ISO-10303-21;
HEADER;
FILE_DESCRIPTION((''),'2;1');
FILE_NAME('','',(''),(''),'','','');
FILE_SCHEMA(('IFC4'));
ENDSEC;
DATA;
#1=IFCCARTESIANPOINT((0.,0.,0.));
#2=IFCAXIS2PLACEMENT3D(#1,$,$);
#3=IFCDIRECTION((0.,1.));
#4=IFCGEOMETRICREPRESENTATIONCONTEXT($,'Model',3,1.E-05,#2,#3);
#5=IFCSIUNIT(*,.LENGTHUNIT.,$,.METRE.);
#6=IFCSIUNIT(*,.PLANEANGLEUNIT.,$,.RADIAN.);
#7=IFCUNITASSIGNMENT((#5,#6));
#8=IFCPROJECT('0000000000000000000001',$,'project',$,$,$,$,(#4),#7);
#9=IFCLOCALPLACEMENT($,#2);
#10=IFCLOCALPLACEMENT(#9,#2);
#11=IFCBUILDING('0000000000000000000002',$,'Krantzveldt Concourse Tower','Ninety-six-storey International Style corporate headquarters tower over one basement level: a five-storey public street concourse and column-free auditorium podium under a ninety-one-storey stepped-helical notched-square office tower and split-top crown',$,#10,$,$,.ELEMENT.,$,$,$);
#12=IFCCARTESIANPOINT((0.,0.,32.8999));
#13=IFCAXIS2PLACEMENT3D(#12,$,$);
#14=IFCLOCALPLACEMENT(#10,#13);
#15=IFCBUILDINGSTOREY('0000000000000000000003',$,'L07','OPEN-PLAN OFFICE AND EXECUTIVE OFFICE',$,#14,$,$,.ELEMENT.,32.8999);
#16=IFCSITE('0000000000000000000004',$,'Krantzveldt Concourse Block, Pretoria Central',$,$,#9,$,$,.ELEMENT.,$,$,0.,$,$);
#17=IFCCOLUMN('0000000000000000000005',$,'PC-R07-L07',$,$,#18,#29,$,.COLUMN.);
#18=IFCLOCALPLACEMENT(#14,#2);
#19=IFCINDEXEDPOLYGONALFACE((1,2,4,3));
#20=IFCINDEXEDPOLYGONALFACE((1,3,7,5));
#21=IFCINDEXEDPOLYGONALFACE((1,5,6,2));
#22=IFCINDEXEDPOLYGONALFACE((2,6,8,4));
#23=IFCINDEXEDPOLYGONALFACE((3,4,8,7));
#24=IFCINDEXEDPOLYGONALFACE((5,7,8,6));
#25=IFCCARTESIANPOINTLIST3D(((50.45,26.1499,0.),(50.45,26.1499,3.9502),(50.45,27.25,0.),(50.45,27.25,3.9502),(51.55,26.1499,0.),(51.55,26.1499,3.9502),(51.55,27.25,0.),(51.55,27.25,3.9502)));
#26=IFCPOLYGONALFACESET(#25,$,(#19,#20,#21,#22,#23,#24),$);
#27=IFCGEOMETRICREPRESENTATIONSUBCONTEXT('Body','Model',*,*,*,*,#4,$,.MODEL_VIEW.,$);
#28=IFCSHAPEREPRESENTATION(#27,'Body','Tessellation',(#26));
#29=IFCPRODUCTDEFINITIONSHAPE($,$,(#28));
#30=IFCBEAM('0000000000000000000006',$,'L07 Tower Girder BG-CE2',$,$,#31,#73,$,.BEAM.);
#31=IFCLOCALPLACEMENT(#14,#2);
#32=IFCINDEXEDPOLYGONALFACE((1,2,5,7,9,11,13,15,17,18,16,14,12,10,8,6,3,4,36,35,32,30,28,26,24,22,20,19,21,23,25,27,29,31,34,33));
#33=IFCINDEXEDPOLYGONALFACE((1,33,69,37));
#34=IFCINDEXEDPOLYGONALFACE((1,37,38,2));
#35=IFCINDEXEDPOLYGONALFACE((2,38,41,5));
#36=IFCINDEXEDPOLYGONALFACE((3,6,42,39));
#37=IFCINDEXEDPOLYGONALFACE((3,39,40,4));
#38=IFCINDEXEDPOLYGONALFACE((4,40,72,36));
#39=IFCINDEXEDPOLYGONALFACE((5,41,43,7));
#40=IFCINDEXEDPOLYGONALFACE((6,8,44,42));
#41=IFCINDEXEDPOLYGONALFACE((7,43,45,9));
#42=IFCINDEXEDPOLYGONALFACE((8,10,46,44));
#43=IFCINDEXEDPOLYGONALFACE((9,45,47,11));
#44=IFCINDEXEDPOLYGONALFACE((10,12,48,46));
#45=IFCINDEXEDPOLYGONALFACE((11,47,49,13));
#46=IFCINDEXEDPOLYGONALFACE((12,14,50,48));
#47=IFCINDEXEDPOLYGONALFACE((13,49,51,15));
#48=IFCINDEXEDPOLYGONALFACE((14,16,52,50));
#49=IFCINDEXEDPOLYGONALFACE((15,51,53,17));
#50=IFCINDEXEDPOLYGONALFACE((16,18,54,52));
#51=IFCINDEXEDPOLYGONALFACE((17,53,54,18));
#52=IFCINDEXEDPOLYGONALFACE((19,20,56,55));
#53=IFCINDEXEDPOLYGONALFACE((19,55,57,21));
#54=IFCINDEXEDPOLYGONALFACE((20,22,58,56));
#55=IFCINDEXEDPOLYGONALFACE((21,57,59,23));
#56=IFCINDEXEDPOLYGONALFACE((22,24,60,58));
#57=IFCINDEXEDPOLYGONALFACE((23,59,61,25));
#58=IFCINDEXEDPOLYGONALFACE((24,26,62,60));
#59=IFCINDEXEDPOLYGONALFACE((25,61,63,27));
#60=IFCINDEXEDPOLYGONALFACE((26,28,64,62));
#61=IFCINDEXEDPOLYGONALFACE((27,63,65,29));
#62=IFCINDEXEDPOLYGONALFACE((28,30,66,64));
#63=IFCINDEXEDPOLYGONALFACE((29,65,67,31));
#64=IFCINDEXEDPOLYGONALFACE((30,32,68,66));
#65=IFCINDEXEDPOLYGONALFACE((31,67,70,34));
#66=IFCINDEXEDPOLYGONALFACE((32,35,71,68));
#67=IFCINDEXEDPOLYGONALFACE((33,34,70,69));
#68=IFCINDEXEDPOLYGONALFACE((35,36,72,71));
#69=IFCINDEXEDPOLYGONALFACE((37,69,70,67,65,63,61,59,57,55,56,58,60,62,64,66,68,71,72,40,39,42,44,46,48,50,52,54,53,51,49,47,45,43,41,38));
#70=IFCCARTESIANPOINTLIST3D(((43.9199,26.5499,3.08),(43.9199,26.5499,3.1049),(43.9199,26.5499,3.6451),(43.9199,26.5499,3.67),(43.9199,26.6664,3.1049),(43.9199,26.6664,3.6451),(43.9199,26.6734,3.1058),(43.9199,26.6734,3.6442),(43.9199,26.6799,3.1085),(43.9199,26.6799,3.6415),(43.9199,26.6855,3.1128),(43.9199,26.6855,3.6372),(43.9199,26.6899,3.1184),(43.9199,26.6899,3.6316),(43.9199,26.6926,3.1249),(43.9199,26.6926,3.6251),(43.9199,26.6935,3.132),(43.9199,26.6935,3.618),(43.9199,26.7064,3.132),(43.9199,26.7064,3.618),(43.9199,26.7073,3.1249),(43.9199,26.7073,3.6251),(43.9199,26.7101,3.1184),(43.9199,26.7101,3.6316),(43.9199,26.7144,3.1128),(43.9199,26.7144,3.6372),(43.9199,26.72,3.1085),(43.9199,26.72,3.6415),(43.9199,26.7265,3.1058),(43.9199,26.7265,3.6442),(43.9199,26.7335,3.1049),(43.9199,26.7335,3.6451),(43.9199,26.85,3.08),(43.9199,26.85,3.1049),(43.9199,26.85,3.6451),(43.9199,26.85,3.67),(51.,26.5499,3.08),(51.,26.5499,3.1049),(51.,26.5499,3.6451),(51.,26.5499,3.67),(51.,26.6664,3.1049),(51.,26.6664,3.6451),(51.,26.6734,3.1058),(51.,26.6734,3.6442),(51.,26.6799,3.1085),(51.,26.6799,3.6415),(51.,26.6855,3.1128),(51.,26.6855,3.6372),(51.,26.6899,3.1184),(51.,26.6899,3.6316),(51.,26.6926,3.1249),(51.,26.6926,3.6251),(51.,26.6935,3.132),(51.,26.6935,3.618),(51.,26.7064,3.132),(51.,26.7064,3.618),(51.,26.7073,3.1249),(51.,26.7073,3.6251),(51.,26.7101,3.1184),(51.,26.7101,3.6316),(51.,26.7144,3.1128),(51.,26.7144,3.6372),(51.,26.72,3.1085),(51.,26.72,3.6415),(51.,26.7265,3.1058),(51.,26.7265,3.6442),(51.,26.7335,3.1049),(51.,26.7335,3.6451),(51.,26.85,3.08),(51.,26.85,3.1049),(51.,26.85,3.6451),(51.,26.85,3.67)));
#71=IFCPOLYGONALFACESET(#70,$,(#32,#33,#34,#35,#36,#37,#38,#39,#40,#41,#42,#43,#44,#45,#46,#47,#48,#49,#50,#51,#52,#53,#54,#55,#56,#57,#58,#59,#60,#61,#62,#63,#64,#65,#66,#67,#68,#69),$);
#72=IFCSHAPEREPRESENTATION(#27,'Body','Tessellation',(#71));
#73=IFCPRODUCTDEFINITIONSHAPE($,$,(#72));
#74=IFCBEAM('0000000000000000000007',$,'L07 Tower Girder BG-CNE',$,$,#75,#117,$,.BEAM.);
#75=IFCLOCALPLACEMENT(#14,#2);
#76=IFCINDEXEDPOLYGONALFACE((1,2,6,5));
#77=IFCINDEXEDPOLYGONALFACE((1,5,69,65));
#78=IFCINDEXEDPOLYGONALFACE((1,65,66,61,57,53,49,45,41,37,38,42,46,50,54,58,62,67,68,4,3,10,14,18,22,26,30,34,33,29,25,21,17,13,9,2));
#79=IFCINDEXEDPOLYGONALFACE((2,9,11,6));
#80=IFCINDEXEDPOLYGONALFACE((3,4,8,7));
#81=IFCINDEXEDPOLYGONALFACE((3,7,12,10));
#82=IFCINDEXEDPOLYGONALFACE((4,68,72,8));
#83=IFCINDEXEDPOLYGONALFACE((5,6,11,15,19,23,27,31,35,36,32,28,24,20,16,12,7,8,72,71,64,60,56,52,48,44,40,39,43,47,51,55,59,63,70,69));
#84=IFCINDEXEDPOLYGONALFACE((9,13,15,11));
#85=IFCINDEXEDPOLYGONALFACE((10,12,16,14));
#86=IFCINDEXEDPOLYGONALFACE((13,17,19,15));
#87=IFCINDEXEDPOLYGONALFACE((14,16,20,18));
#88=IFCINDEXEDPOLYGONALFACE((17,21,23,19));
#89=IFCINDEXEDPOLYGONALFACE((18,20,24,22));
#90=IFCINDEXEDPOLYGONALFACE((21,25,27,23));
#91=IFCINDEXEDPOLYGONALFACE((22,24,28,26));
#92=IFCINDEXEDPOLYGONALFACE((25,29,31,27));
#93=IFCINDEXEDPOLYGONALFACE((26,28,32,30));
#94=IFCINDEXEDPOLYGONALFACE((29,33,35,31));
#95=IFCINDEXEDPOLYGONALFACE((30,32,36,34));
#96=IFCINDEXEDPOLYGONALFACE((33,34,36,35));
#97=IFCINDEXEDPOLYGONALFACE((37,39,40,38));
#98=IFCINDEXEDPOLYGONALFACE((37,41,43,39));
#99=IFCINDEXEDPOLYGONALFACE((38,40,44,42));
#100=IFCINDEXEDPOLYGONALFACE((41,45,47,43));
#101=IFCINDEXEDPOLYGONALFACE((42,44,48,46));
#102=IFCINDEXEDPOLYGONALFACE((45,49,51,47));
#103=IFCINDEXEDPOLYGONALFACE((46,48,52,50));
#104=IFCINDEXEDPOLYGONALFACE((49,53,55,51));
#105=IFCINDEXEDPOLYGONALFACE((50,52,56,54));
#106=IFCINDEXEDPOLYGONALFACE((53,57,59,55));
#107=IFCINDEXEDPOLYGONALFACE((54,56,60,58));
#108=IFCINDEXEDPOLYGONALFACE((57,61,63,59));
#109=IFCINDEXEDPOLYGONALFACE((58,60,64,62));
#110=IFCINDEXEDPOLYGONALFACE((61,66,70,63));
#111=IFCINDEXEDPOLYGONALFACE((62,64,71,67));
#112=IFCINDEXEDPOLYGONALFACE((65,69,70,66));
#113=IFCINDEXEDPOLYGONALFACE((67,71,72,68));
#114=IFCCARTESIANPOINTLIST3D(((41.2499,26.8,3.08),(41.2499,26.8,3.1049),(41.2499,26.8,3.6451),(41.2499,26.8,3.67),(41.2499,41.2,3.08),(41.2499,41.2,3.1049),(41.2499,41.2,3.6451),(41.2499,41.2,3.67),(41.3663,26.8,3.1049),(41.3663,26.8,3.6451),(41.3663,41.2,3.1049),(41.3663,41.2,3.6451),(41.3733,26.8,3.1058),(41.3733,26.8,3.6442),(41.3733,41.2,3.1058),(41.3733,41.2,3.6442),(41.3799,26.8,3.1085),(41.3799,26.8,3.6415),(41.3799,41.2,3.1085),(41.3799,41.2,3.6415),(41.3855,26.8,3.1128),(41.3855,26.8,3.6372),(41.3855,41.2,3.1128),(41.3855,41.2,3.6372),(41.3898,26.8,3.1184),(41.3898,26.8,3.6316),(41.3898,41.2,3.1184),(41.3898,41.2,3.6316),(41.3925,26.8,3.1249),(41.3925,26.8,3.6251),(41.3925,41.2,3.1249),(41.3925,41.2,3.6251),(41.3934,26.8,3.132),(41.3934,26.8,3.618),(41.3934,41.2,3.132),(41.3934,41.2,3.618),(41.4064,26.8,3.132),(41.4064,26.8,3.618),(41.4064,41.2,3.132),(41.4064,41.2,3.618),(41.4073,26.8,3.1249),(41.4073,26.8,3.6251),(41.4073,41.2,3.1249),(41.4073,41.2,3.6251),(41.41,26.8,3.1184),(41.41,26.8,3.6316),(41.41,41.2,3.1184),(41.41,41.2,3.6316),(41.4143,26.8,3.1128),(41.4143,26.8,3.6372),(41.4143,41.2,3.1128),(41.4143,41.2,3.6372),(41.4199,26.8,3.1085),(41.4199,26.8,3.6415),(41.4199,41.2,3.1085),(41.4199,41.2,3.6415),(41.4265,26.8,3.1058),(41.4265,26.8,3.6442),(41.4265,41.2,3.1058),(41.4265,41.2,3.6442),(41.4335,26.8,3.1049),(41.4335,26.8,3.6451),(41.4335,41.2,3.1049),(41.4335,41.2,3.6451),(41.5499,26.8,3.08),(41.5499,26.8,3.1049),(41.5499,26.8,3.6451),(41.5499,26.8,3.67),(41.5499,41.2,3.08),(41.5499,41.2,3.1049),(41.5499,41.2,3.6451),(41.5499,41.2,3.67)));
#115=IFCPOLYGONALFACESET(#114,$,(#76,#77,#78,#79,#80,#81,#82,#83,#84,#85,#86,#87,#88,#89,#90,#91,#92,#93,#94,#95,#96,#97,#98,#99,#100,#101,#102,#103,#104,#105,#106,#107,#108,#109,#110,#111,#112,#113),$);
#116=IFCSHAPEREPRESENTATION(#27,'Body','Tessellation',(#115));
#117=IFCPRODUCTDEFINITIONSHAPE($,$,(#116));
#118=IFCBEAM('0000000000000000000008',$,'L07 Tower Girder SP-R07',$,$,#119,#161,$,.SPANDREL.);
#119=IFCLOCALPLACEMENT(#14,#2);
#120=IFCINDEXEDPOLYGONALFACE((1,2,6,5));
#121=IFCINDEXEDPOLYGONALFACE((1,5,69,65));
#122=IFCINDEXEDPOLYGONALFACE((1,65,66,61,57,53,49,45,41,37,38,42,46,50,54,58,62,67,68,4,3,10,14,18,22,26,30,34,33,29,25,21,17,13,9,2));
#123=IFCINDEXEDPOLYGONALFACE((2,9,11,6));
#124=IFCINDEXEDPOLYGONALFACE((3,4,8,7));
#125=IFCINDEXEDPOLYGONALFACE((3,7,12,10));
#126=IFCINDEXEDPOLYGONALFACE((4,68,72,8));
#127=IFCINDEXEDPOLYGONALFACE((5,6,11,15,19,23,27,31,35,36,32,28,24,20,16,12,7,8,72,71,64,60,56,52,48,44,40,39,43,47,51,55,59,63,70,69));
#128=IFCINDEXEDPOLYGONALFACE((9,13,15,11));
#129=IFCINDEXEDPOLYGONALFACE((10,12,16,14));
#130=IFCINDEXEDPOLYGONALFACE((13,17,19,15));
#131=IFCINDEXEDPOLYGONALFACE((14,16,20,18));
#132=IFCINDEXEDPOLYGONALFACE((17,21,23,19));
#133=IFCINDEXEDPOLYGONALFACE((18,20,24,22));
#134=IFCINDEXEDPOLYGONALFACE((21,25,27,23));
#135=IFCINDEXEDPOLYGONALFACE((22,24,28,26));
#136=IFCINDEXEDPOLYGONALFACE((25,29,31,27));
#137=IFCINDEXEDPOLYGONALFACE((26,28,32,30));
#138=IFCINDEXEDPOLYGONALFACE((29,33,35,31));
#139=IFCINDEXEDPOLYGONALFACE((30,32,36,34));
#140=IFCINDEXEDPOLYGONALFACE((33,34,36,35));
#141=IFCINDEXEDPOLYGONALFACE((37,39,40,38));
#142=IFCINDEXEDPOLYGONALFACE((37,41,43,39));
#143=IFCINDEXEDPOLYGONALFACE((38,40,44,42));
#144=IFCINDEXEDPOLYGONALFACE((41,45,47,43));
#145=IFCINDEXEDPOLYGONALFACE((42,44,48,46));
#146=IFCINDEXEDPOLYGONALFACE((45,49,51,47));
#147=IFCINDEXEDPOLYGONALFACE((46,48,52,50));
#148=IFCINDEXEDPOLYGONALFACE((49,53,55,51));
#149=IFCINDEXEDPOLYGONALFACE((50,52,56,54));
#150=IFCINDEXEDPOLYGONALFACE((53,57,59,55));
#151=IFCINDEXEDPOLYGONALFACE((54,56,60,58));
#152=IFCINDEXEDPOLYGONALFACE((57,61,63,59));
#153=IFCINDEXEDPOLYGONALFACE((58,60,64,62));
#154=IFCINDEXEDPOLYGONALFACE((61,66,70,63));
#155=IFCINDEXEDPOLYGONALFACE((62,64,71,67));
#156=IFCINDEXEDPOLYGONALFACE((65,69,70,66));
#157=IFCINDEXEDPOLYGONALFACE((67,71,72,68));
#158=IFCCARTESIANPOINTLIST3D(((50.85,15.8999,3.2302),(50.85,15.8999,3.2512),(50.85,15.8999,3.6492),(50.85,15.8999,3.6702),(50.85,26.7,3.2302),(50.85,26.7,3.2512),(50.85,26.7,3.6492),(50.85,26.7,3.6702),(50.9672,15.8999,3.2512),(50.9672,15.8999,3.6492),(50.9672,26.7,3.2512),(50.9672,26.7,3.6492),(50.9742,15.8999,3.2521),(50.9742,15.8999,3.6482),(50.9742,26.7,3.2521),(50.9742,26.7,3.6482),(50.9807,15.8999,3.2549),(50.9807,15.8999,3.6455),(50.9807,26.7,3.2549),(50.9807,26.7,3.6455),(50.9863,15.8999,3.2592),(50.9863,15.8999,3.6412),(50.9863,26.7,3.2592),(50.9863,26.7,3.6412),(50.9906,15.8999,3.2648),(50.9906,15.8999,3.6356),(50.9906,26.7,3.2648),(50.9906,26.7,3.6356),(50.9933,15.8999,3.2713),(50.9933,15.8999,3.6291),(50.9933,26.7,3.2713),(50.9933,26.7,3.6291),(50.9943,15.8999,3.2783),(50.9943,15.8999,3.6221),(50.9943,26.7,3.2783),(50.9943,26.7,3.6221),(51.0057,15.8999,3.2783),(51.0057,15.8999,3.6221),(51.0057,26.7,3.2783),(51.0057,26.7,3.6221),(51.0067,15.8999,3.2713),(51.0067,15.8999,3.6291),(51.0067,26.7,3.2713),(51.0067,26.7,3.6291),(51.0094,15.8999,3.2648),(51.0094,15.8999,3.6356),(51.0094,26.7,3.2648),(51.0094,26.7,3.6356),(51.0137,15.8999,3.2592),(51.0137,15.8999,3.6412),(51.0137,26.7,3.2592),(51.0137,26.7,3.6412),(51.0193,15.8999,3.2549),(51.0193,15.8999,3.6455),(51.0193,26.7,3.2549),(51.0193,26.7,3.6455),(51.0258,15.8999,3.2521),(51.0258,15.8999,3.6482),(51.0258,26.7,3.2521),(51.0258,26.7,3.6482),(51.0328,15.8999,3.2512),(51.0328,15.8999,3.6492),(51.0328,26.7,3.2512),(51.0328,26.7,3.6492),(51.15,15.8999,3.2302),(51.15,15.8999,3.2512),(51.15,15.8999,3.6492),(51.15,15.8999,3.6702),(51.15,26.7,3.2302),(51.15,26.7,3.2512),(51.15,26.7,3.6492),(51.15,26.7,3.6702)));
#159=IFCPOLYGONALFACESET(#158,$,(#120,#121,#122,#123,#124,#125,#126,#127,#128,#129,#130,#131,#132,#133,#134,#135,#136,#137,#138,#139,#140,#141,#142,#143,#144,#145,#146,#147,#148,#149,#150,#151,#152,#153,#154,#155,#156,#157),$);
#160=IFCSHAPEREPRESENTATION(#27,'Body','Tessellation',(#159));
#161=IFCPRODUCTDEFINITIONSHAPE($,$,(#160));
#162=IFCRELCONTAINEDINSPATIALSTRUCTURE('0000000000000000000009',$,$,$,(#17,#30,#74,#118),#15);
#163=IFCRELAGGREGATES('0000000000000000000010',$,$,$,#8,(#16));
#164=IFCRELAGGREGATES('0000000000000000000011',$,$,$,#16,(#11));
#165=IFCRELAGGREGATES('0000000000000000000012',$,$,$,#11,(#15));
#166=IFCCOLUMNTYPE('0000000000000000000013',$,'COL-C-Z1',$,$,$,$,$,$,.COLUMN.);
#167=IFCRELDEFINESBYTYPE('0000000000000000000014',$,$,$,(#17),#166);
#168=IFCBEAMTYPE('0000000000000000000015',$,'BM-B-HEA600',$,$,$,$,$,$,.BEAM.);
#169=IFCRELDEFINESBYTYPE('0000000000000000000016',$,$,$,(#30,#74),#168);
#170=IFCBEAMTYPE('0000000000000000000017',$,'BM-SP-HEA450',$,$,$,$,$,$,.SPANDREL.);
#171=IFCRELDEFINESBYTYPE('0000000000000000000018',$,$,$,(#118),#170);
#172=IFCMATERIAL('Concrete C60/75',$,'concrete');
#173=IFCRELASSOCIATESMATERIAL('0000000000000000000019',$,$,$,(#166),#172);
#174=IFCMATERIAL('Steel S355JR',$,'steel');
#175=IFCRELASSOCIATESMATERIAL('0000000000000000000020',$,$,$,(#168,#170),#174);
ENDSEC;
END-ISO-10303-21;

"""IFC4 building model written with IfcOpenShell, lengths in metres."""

from ifc_helpers import new_model, si_unit, direction, frame, origin, origin_2d, place, context, subcontext, project, spatial, rectangle, i_section, extrude, source, transform, mapped, material, material_profile, profile_set, type_object, type_shapes, element, save


model = new_model("IFC4")

# Units and contexts
model_context = context("Model", 3, precision=1e-05, world=origin(), true_north=direction((0.0, 1.0)))
body_context = subcontext(model_context, "Body", "Model", "MODEL_VIEW")
ifc_project = project(units=[si_unit("LENGTHUNIT", "METRE"), si_unit("PLANEANGLEUNIT", "RADIAN")], contexts=[model_context])

# Site, building, storey
site_placement = place(None, origin())
site = spatial("IfcSite", under=ifc_project, at=site_placement, Name="Krantzveldt Concourse Block, Pretoria Central", CompositionType="ELEMENT", RefElevation=0.0)
building_placement = place(site_placement, origin())
building = spatial("IfcBuilding", under=site, at=building_placement, Name="Krantzveldt Concourse Tower", Description="Ninety-six-storey International Style corporate headquarters tower over one basement level: a five-storey public street concourse and column-free auditorium podium under a ninety-one-storey stepped-helical notched-square office tower and split-top crown", CompositionType="ELEMENT")
storey_placement = place(building_placement, frame((0.0, 0.0, 32.8999)))
storey = spatial("IfcBuildingStorey", under=building, at=storey_placement, Name="L07", Description="OPEN-PLAN OFFICE AND EXECUTIVE OFFICE", CompositionType="ELEMENT", Elevation=32.8999)

# Column
ifc_material_1 = material(Name="Concrete C60/75", Category="concrete")
ifc_material_profile_1 = material_profile(ifc_material_1, rectangle(XDim=1.1001, YDim=1.1001, at=origin_2d()), Name="Concrete C60/75", Category="concrete")
ifc_profile_set_1 = profile_set([ifc_material_profile_1], Name="Concrete C60/75 - RC 1100x1100")
column_type = type_object("IfcColumnType", Name="COL-C-Z1", PredefinedType="COLUMN", material=ifc_profile_set_1)
shared_shape_1 = source(origin(), body_context, "Body", "SweptSolid", [
    extrude(rectangle(XDim=1.1001, YDim=1.1001, at=origin_2d()), origin(), (0.0, 0.0, 1.0), 3.9502),
])
type_shapes(column_type, [shared_shape_1])
column_placement = place(storey_placement, frame((51.0, 26.7, 0.0), z_axis=(0.0, 0.0, 1.0), x_axis=(1.0, 0.0, 0.0)))
element("IfcColumn", 1, at=column_placement, inside=storey, type_object=column_type, Name="PC-R07-L07", PredefinedType="COLUMN", context=body_context, shape_type="MappedRepresentation", body=[
    mapped(shared_shape_1, transform((0.0, 0.0, 0.0), x_axis=(1.0, 0.0, 0.0), y_axis=(0.0, 1.0, 0.0), z_axis=(0.0, 0.0, 1.0), scale=1.0)),
])

# Beams
ifc_material_2 = material(Name="Steel S355JR", Category="steel")
ifc_material_profile_2 = material_profile(ifc_material_2, i_section(OverallWidth=0.3, OverallDepth=0.5901, WebThickness=0.0129, FlangeThickness=0.0249, FilletRadius=0.0271, at=origin_2d()), Name="Steel S355JR", Category="steel")
ifc_profile_set_2 = profile_set([ifc_material_profile_2], Name="Steel S355JR - HEA 600")
beam_type_1 = type_object("IfcBeamType", Name="BM-B-HEA600", PredefinedType="BEAM", material=ifc_profile_set_2)
shared_shape_2 = source(origin(), body_context, "Body", "SweptSolid", [
    extrude(i_section(OverallWidth=0.3, OverallDepth=0.5901, WebThickness=0.0129, FlangeThickness=0.0249, FilletRadius=0.0271, at=origin_2d()), origin(), (0.0, 0.0, 1.0), 7.0801),
])
beam_1_placement = place(storey_placement, frame((43.9199, 26.7, 3.375), z_axis=(1.0, 0.0, 0.0), x_axis=(0.0, 1.0, 0.0)))
element("IfcBeam", 2, at=beam_1_placement, inside=storey, type_object=beam_type_1, Name="L07 Tower Girder BG-CE2", PredefinedType="BEAM", context=body_context, shape_type="MappedRepresentation", body=[
    mapped(shared_shape_2, transform((0.0, 0.0, 0.0), x_axis=(1.0, 0.0, 0.0), y_axis=(0.0, 1.0, 0.0), z_axis=(0.0, 0.0, 1.0), scale=1.0)),
])
shared_shape_3 = source(origin(), body_context, "Body", "SweptSolid", [
    extrude(i_section(OverallWidth=0.3, OverallDepth=0.5901, WebThickness=0.0129, FlangeThickness=0.0249, FilletRadius=0.0271, at=origin_2d()), origin(), (0.0, 0.0, 1.0), 14.3999),
])
type_shapes(beam_type_1, [shared_shape_2, shared_shape_3])
beam_2_placement = place(storey_placement, frame((41.3999, 26.8, 3.375), z_axis=(0.0, 1.0, 0.0), x_axis=(-1.0, 0.0, 0.0)))
element("IfcBeam", 3, at=beam_2_placement, inside=storey, type_object=beam_type_1, Name="L07 Tower Girder BG-CNE", PredefinedType="BEAM", context=body_context, shape_type="MappedRepresentation", body=[
    mapped(shared_shape_3, transform((0.0, 0.0, 0.0), x_axis=(1.0, 0.0, 0.0), y_axis=(0.0, 1.0, 0.0), z_axis=(0.0, 0.0, 1.0), scale=1.0)),
])
ifc_material_profile_3 = material_profile(ifc_material_2, i_section(OverallWidth=0.3, OverallDepth=0.4399, WebThickness=0.0115, FlangeThickness=0.021, FilletRadius=0.0271, at=origin_2d()), Name="Steel S355JR", Category="steel")
ifc_profile_set_3 = profile_set([ifc_material_profile_3], Name="Steel S355JR - HEA 450")
beam_type_2 = type_object("IfcBeamType", Name="BM-SP-HEA450", PredefinedType="SPANDREL", material=ifc_profile_set_3)
shared_shape_4 = source(origin(), body_context, "Body", "SweptSolid", [
    extrude(i_section(OverallWidth=0.3, OverallDepth=0.4399, WebThickness=0.0115, FlangeThickness=0.021, FilletRadius=0.0271, at=origin_2d()), origin(), (0.0, 0.0, 1.0), 10.8),
])
type_shapes(beam_type_2, [shared_shape_4])
beam_3_placement = place(storey_placement, frame((51.0, 26.7, 3.4502), z_axis=(0.0, -1.0, 0.0), x_axis=(1.0, 0.0, 0.0)))
element("IfcBeam", 4, at=beam_3_placement, inside=storey, type_object=beam_type_2, Name="L07 Tower Girder SP-R07", PredefinedType="SPANDREL", context=body_context, shape_type="MappedRepresentation", body=[
    mapped(shared_shape_4, transform((0.0, 0.0, 0.0), x_axis=(1.0, 0.0, 0.0), y_axis=(0.0, 1.0, 0.0), z_axis=(0.0, 0.0, 1.0), scale=1.0)),
])

save(model, "model.ifc")
